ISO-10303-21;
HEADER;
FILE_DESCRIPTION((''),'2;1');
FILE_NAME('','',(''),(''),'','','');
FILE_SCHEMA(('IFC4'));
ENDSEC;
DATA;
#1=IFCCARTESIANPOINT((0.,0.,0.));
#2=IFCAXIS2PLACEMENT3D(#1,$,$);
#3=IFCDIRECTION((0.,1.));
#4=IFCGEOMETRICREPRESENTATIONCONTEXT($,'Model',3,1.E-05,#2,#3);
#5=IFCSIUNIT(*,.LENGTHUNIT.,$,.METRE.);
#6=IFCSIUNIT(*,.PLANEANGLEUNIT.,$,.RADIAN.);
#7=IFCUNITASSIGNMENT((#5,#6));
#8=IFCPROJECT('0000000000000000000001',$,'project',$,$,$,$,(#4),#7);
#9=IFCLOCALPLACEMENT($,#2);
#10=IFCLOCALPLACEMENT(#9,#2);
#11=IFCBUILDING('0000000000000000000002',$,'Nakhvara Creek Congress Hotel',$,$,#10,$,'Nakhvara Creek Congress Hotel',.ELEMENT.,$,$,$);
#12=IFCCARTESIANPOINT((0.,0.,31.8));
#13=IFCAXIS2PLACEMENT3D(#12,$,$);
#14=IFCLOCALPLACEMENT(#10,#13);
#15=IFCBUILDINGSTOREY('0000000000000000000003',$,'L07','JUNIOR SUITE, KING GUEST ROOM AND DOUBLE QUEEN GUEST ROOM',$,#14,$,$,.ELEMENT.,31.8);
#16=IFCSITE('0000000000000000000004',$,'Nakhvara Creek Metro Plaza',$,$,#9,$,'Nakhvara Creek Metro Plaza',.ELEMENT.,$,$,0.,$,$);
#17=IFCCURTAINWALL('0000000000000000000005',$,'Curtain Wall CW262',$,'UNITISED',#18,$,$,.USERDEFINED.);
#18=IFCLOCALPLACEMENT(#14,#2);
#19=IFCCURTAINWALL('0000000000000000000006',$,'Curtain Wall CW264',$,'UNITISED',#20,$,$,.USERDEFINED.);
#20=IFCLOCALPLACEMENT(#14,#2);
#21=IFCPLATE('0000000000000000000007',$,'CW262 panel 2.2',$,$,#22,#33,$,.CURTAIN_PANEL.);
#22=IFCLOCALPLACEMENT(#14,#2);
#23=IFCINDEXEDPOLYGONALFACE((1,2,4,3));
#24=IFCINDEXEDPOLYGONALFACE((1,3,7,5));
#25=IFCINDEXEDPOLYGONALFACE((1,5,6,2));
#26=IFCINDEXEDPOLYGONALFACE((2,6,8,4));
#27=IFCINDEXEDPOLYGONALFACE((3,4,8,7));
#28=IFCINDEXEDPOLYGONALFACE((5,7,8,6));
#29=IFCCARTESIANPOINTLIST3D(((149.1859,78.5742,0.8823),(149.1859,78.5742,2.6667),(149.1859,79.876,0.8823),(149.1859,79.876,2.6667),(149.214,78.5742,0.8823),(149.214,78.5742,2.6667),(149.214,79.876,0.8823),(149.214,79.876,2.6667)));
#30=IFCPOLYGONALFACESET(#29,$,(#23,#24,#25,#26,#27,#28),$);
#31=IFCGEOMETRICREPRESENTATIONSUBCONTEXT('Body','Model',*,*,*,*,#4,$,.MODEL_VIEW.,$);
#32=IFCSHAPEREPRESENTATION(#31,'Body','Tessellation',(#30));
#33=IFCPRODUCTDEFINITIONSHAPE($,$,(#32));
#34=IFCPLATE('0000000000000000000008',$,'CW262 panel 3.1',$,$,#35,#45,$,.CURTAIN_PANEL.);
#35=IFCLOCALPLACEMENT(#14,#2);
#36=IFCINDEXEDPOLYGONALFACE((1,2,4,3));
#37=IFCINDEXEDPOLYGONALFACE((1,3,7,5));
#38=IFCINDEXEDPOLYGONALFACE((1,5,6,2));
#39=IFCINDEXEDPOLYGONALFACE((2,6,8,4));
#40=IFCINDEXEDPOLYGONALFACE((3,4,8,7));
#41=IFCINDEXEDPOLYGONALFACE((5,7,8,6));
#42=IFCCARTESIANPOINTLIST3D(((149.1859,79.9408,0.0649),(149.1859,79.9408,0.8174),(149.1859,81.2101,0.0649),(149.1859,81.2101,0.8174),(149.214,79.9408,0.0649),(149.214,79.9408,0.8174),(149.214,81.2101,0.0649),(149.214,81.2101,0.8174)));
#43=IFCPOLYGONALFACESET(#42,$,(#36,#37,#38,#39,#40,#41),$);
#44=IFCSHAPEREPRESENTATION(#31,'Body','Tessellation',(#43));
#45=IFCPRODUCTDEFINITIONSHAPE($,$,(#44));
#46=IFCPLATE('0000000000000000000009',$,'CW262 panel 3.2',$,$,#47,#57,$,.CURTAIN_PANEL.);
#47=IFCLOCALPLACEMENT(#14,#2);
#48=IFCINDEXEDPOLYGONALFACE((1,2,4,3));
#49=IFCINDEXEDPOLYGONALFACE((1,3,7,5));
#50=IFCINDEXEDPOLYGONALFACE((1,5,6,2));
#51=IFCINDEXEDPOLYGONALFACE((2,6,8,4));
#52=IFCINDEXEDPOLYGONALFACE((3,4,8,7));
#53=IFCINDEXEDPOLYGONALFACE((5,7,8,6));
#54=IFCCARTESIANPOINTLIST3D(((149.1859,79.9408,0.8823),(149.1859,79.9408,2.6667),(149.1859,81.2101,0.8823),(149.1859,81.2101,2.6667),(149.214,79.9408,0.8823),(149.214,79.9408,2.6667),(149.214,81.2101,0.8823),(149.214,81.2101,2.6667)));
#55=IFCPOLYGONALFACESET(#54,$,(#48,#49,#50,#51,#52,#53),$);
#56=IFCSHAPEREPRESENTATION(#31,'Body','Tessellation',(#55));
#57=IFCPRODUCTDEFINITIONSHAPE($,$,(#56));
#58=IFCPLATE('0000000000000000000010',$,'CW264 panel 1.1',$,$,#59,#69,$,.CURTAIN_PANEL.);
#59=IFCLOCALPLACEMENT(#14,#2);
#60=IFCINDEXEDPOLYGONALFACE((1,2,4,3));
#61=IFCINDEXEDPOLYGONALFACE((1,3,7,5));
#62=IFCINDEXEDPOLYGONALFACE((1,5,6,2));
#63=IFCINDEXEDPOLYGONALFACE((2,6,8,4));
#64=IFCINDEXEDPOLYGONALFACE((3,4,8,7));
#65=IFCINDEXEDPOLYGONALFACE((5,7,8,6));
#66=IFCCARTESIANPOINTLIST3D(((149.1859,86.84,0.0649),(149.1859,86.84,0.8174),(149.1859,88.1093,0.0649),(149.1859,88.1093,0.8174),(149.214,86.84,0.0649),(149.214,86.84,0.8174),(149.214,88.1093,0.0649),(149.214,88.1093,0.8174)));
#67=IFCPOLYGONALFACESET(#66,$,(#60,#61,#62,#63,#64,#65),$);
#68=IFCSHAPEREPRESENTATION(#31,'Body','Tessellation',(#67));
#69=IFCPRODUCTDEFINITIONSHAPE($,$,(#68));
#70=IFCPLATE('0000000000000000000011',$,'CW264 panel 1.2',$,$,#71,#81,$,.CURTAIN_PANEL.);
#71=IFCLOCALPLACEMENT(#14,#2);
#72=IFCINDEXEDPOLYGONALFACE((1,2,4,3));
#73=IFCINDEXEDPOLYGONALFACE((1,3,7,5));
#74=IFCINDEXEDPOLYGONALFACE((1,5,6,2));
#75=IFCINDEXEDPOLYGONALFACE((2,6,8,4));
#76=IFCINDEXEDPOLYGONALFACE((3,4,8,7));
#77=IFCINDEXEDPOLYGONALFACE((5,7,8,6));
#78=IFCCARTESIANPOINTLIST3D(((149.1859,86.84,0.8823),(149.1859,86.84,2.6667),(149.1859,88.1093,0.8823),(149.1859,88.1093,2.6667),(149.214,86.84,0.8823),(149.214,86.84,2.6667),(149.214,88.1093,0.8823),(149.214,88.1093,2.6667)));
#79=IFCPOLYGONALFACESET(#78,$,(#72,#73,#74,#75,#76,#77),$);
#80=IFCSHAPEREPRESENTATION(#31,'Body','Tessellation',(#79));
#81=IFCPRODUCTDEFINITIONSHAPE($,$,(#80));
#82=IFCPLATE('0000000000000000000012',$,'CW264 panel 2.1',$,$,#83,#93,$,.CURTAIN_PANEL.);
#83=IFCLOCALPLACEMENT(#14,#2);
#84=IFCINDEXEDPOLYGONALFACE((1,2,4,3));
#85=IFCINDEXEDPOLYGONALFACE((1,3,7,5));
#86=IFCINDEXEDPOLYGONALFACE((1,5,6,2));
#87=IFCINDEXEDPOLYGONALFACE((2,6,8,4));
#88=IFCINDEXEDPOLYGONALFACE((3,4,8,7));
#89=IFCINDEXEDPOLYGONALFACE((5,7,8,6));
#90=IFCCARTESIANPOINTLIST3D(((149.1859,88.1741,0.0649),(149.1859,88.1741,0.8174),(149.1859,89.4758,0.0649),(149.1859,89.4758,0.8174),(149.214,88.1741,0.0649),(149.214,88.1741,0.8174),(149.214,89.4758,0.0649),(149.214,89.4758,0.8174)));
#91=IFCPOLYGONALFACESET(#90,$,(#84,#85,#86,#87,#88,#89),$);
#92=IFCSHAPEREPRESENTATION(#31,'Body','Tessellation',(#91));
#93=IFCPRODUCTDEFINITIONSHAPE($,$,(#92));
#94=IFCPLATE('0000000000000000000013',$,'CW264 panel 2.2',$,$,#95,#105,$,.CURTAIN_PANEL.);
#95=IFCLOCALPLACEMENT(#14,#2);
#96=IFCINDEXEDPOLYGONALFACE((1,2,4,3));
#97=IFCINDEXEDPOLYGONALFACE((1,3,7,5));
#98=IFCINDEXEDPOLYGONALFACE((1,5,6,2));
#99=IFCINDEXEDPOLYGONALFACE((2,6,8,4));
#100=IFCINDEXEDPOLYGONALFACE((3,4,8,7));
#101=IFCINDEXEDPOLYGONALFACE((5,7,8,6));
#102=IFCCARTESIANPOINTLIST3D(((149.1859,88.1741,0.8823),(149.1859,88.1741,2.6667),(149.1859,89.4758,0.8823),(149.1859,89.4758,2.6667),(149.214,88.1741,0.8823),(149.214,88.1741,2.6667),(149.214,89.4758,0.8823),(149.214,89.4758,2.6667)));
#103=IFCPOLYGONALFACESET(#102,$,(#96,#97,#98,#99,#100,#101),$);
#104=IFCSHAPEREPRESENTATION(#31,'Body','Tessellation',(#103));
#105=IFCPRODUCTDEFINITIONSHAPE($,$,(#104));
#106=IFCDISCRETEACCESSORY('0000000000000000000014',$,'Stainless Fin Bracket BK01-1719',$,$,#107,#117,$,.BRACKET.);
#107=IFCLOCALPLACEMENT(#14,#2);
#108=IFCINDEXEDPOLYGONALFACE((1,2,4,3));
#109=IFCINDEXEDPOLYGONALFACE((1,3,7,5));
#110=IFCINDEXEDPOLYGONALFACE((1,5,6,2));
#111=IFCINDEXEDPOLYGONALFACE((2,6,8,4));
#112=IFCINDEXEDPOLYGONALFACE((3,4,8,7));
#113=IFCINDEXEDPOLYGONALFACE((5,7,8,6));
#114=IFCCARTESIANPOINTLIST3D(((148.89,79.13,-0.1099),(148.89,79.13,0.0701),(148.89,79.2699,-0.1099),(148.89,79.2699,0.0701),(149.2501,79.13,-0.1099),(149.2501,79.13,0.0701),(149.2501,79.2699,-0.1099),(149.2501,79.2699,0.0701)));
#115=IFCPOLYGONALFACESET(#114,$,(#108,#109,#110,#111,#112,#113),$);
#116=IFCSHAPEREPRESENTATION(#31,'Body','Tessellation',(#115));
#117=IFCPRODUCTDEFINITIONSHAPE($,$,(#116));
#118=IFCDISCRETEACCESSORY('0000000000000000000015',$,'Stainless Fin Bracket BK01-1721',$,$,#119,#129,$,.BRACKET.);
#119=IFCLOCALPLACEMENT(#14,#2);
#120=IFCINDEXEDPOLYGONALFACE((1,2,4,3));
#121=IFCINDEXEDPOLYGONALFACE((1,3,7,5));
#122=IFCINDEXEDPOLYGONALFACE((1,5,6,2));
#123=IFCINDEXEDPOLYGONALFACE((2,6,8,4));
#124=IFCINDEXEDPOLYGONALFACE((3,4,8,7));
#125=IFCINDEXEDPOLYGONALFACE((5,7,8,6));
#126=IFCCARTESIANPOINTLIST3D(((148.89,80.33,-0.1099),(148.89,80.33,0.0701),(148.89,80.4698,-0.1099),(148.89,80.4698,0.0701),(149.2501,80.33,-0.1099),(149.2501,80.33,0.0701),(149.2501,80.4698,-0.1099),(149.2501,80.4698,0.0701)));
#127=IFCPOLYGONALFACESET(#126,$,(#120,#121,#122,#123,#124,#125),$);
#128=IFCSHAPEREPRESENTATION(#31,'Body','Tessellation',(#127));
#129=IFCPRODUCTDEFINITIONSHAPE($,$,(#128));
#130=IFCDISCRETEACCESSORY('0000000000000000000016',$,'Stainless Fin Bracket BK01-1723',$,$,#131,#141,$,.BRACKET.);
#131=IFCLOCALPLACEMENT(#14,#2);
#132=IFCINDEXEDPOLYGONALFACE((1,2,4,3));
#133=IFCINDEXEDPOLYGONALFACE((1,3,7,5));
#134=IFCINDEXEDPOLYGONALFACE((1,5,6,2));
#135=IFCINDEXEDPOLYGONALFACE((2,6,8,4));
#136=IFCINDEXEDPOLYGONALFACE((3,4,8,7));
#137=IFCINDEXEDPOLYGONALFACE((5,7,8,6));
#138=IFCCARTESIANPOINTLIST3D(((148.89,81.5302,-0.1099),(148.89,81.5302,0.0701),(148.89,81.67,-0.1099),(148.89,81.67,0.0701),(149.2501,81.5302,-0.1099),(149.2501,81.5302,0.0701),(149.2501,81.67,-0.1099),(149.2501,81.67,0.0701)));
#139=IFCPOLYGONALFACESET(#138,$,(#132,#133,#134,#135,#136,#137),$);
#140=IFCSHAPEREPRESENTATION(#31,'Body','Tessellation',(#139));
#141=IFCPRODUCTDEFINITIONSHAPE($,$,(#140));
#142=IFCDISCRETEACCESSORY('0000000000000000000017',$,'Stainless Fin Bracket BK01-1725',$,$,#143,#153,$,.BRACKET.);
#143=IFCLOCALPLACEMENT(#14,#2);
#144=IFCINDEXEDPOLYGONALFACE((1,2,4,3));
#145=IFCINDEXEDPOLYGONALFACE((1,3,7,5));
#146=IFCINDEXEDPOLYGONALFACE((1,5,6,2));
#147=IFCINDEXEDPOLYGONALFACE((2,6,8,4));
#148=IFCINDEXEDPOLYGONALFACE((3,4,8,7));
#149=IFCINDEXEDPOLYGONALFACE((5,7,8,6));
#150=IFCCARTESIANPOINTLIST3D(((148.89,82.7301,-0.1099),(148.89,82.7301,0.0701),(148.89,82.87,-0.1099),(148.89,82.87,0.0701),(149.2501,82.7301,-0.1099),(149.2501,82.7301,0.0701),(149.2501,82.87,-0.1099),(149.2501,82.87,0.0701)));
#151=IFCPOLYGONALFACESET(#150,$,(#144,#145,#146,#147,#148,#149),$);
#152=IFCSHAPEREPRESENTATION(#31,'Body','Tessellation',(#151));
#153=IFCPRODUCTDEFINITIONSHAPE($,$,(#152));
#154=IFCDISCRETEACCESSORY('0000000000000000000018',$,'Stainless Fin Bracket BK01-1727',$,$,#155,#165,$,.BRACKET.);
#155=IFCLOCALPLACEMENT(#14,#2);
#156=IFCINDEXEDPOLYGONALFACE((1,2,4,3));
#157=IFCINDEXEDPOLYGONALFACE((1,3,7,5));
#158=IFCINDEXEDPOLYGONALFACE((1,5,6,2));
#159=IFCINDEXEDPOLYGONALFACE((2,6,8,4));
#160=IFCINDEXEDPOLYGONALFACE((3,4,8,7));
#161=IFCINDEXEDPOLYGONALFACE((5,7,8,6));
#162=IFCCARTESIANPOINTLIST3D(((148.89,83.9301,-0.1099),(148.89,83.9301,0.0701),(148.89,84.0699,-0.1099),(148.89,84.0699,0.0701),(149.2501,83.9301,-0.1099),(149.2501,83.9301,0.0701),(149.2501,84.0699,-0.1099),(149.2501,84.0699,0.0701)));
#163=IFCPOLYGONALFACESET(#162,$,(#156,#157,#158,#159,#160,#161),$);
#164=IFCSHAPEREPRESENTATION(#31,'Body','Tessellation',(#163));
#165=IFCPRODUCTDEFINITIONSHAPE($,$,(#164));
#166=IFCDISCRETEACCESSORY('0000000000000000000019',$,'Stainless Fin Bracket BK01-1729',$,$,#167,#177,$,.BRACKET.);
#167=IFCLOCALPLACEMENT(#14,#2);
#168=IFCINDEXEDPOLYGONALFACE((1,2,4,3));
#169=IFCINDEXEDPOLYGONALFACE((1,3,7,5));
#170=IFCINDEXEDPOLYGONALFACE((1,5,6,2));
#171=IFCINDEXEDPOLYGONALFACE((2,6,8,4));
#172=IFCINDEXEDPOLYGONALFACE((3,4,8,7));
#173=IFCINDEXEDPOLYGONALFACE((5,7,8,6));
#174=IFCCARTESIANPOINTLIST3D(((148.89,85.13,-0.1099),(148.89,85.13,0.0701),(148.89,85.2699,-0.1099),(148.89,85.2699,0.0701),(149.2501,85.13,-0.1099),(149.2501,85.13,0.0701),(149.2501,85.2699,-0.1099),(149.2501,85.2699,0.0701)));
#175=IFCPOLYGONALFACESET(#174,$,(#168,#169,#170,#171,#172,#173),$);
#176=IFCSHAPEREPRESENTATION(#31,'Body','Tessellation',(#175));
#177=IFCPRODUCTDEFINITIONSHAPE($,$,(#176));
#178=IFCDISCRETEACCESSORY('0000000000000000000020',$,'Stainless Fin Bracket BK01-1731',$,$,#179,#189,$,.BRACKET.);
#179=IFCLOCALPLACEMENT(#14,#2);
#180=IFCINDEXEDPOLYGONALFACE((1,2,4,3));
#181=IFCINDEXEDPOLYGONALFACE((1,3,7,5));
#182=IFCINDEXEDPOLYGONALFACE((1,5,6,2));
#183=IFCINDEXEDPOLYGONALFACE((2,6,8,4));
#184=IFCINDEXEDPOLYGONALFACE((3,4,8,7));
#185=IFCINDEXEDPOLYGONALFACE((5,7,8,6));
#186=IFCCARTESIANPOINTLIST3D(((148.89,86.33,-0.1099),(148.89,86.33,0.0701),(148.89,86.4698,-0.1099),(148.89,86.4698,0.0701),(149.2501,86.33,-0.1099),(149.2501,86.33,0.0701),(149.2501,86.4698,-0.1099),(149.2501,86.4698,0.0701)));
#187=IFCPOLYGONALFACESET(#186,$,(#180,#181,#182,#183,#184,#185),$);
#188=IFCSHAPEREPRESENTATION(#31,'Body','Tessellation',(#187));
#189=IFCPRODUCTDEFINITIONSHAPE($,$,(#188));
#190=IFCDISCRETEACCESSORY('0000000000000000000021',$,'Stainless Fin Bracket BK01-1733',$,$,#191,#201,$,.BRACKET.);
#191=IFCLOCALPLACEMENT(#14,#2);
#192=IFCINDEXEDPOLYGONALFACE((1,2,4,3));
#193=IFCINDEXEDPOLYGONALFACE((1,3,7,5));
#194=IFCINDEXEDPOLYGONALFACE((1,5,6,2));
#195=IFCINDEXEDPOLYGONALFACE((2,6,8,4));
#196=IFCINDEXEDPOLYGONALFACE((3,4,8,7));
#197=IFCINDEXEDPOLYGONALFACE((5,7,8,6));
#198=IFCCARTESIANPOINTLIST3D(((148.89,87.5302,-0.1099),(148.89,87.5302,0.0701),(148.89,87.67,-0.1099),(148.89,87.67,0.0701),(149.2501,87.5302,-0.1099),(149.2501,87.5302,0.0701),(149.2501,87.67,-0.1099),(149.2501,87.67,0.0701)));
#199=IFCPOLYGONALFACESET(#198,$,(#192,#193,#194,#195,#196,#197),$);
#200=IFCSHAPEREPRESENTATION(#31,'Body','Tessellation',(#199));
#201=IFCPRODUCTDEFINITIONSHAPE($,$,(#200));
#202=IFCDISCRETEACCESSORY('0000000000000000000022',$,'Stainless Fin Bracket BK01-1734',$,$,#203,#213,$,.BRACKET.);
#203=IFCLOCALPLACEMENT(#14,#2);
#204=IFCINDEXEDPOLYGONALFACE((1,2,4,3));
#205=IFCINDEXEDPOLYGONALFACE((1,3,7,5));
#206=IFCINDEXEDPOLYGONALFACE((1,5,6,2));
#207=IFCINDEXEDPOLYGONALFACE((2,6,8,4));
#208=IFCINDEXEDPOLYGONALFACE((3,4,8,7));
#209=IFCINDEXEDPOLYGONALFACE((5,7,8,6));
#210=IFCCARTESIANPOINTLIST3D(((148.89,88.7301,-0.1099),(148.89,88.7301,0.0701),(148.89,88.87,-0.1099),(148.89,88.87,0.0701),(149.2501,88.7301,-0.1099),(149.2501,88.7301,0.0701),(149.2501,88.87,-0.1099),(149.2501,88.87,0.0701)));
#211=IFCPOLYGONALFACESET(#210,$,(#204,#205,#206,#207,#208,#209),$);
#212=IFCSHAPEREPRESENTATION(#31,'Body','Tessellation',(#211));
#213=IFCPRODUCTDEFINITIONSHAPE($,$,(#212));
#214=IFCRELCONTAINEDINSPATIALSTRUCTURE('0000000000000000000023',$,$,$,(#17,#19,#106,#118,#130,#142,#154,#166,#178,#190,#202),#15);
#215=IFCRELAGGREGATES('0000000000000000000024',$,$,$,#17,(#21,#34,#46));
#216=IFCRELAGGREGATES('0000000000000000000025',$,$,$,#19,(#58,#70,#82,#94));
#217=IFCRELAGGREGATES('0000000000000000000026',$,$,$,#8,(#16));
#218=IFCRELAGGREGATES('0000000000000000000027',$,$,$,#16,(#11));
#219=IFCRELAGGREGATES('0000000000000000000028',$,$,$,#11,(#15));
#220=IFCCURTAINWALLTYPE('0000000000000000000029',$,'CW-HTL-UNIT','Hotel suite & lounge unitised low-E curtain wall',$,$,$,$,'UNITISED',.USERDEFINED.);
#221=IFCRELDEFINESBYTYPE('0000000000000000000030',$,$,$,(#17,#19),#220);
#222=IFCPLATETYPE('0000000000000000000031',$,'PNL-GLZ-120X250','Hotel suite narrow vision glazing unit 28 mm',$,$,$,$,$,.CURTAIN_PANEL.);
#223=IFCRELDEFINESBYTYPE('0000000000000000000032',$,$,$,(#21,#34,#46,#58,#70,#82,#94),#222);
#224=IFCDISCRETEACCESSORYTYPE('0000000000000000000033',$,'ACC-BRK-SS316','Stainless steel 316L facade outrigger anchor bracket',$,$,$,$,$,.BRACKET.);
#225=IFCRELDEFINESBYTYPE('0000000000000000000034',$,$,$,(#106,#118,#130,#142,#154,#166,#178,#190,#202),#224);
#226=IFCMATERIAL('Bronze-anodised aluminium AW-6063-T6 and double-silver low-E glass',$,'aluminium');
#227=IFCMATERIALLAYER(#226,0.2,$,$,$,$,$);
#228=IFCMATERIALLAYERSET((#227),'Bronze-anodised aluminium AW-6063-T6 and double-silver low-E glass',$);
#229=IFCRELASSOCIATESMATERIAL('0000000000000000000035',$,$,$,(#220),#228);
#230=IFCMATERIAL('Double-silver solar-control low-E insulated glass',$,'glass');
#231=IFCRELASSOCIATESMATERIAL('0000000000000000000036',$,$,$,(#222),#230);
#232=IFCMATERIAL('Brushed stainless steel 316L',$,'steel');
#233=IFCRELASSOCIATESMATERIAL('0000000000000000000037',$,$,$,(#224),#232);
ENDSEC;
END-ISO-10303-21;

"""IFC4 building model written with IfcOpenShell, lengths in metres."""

from ifc_helpers import new_model, si_unit, direction, frame, origin, origin_2d, place, context, subcontext, project, spatial, rectangle, extrude, material, layer, layer_set, type_object, element, aggregate, save


model = new_model("IFC4")

# Units and contexts
model_context = context("Model", 3, precision=1e-05, world=origin(), true_north=direction((0.0, 1.0)))
body_context = subcontext(model_context, "Body", "Model", "MODEL_VIEW")
ifc_project = project(units=[si_unit("LENGTHUNIT", "METRE"), si_unit("PLANEANGLEUNIT", "RADIAN")], contexts=[model_context])

# Site, building, storey
site_placement = place(None, origin())
site = spatial("IfcSite", under=ifc_project, at=site_placement, Name="Nakhvara Creek Metro Plaza", LongName="Nakhvara Creek Metro Plaza", CompositionType="ELEMENT", RefElevation=0.0)
building_placement = place(site_placement, origin())
building = spatial("IfcBuilding", under=site, at=building_placement, Name="Nakhvara Creek Congress Hotel", LongName="Nakhvara Creek Congress Hotel", CompositionType="ELEMENT")
storey_placement = place(building_placement, frame((0.0, 0.0, 31.8)))
storey = spatial("IfcBuildingStorey", under=building, at=storey_placement, Name="L07", Description="JUNIOR SUITE, KING GUEST ROOM AND DOUBLE QUEEN GUEST ROOM", CompositionType="ELEMENT", Elevation=31.8)

# Curtain walls
ifc_material_1 = material(Name="Bronze-anodised aluminium AW-6063-T6 and double-silver low-E glass", Category="aluminium")
ifc_layer = layer(ifc_material_1, 0.2)
ifc_layer_set = layer_set([ifc_layer], Name="Bronze-anodised aluminium AW-6063-T6 and double-silver low-E glass")
curtain_wall_type = type_object("IfcCurtainWallType", Name="CW-HTL-UNIT", Description="Hotel suite & lounge unitised low-E curtain wall", ElementType="UNITISED", PredefinedType="USERDEFINED", material=ifc_layer_set)
curtain_wall_1_placement = place(storey_placement, origin())
curtain_wall_1 = element("IfcCurtainWall", 1, at=curtain_wall_1_placement, inside=storey, type_object=curtain_wall_type, Name="Curtain Wall CW262", ObjectType="UNITISED", PredefinedType="USERDEFINED")
curtain_wall_2_placement = place(storey_placement, origin())
curtain_wall_2 = element("IfcCurtainWall", 2, at=curtain_wall_2_placement, inside=storey, type_object=curtain_wall_type, Name="Curtain Wall CW264", ObjectType="UNITISED", PredefinedType="USERDEFINED")

# Plates
ifc_material_2 = material(Name="Double-silver solar-control low-E insulated glass", Category="glass")
plate_type = type_object("IfcPlateType", Name="PNL-GLZ-120X250", Description="Hotel suite narrow vision glazing unit 28 mm", PredefinedType="CURTAIN_PANEL", material=ifc_material_2)
plate_1_placement = place(storey_placement, frame((149.2, 79.2251, 0.8823), z_axis=(0.0, 0.0, 1.0), x_axis=(0.0, 1.0, 0.0)))
plate_1 = element("IfcPlate", 3, at=plate_1_placement, type_object=plate_type, Name="CW262 panel 2.2", PredefinedType="CURTAIN_PANEL", context=body_context, shape_type="SweptSolid", body=[
    extrude(rectangle(XDim=1.3018, YDim=0.0281, at=origin_2d()), origin(), (0.0, 0.0, 1.0), 1.7844),
])
plate_2_placement = place(storey_placement, frame((149.2, 80.5754, 0.0649), z_axis=(0.0, 0.0, 1.0), x_axis=(0.0, 1.0, 0.0)))
plate_2 = element("IfcPlate", 4, at=plate_2_placement, type_object=plate_type, Name="CW262 panel 3.1", PredefinedType="CURTAIN_PANEL", context=body_context, shape_type="SweptSolid", body=[
    extrude(rectangle(XDim=1.2693, YDim=0.0281, at=origin_2d()), origin(), (0.0, 0.0, 1.0), 0.7524),
])
plate_3_placement = place(storey_placement, frame((149.2, 80.5754, 0.8823), z_axis=(0.0, 0.0, 1.0), x_axis=(0.0, 1.0, 0.0)))
plate_3 = element("IfcPlate", 5, at=plate_3_placement, type_object=plate_type, Name="CW262 panel 3.2", PredefinedType="CURTAIN_PANEL", context=body_context, shape_type="SweptSolid", body=[
    extrude(rectangle(XDim=1.2693, YDim=0.0281, at=origin_2d()), origin(), (0.0, 0.0, 1.0), 1.7844),
])
aggregate(curtain_wall_1, [plate_1, plate_2, plate_3])
plate_4_placement = place(storey_placement, frame((149.2, 87.4746, 0.0649), z_axis=(0.0, 0.0, 1.0), x_axis=(0.0, 1.0, 0.0)))
plate_4 = element("IfcPlate", 6, at=plate_4_placement, type_object=plate_type, Name="CW264 panel 1.1", PredefinedType="CURTAIN_PANEL", context=body_context, shape_type="SweptSolid", body=[
    extrude(rectangle(XDim=1.2693, YDim=0.0281, at=origin_2d()), origin(), (0.0, 0.0, 1.0), 0.7524),
])
plate_5_placement = place(storey_placement, frame((149.2, 87.4746, 0.8823), z_axis=(0.0, 0.0, 1.0), x_axis=(0.0, 1.0, 0.0)))
plate_5 = element("IfcPlate", 7, at=plate_5_placement, type_object=plate_type, Name="CW264 panel 1.2", PredefinedType="CURTAIN_PANEL", context=body_context, shape_type="SweptSolid", body=[
    extrude(rectangle(XDim=1.2693, YDim=0.0281, at=origin_2d()), origin(), (0.0, 0.0, 1.0), 1.7844),
])
plate_6_placement = place(storey_placement, frame((149.2, 88.825, 0.0649), z_axis=(0.0, 0.0, 1.0), x_axis=(0.0, 1.0, 0.0)))
plate_6 = element("IfcPlate", 8, at=plate_6_placement, type_object=plate_type, Name="CW264 panel 2.1", PredefinedType="CURTAIN_PANEL", context=body_context, shape_type="SweptSolid", body=[
    extrude(rectangle(XDim=1.3018, YDim=0.0281, at=origin_2d()), origin(), (0.0, 0.0, 1.0), 0.7524),
])
plate_7_placement = place(storey_placement, frame((149.2, 88.825, 0.8823), z_axis=(0.0, 0.0, 1.0), x_axis=(0.0, 1.0, 0.0)))
plate_7 = element("IfcPlate", 9, at=plate_7_placement, type_object=plate_type, Name="CW264 panel 2.2", PredefinedType="CURTAIN_PANEL", context=body_context, shape_type="SweptSolid", body=[
    extrude(rectangle(XDim=1.3018, YDim=0.0281, at=origin_2d()), origin(), (0.0, 0.0, 1.0), 1.7844),
])
aggregate(curtain_wall_2, [plate_4, plate_5, plate_6, plate_7])

# Discrete accessories
ifc_material_3 = material(Name="Brushed stainless steel 316L", Category="steel")
discrete_accessory_type = type_object("IfcDiscreteAccessoryType", Name="ACC-BRK-SS316", Description="Stainless steel 316L facade outrigger anchor bracket", PredefinedType="BRACKET", material=ifc_material_3)
for number, where, z_axis, x_axis, name in (
    (10, (149.0701, 79.2, -0.1099), (0.0, 0.0, 1.0), (0.0, 1.0, 0.0), "Stainless Fin Bracket BK01-1719"),
    (11, (149.0701, 80.3999, -0.1099), (0.0, 0.0, 1.0), (0.0, 1.0, 0.0), "Stainless Fin Bracket BK01-1721"),
    (12, (149.0701, 81.6001, -0.1099), (0.0, 0.0, 1.0), (0.0, 1.0, 0.0), "Stainless Fin Bracket BK01-1723"),
    (13, (149.0701, 82.8, -0.1099), (0.0, 0.0, 1.0), (0.0, 1.0, 0.0), "Stainless Fin Bracket BK01-1725"),
    (14, (149.0701, 84.0, -0.1099), (0.0, 0.0, 1.0), (0.0, 1.0, 0.0), "Stainless Fin Bracket BK01-1727"),
    (15, (149.0701, 85.2, -0.1099), (0.0, 0.0, 1.0), (0.0, 1.0, 0.0), "Stainless Fin Bracket BK01-1729"),
    (16, (149.0701, 86.3999, -0.1099), (0.0, 0.0, 1.0), (0.0, 1.0, 0.0), "Stainless Fin Bracket BK01-1731"),
    (17, (149.0701, 87.6001, -0.1099), (0.0, 0.0, 1.0), (0.0, 1.0, 0.0), "Stainless Fin Bracket BK01-1733"),
    (18, (149.0701, 88.8, -0.1099), (0.0, 0.0, 1.0), (0.0, 1.0, 0.0), "Stainless Fin Bracket BK01-1734"),
):
    element("IfcDiscreteAccessory", number, at=place(storey_placement, frame(where, z_axis=z_axis, x_axis=x_axis)), inside=storey, type_object=discrete_accessory_type, Name=name, PredefinedType="BRACKET", context=body_context, shape_type="SweptSolid", body=[
        extrude(rectangle(XDim=0.1399, YDim=0.3601, at=origin_2d()), origin(), (0.0, 0.0, 1.0), 0.1799),
    ])

save(model, "model.ifc")
